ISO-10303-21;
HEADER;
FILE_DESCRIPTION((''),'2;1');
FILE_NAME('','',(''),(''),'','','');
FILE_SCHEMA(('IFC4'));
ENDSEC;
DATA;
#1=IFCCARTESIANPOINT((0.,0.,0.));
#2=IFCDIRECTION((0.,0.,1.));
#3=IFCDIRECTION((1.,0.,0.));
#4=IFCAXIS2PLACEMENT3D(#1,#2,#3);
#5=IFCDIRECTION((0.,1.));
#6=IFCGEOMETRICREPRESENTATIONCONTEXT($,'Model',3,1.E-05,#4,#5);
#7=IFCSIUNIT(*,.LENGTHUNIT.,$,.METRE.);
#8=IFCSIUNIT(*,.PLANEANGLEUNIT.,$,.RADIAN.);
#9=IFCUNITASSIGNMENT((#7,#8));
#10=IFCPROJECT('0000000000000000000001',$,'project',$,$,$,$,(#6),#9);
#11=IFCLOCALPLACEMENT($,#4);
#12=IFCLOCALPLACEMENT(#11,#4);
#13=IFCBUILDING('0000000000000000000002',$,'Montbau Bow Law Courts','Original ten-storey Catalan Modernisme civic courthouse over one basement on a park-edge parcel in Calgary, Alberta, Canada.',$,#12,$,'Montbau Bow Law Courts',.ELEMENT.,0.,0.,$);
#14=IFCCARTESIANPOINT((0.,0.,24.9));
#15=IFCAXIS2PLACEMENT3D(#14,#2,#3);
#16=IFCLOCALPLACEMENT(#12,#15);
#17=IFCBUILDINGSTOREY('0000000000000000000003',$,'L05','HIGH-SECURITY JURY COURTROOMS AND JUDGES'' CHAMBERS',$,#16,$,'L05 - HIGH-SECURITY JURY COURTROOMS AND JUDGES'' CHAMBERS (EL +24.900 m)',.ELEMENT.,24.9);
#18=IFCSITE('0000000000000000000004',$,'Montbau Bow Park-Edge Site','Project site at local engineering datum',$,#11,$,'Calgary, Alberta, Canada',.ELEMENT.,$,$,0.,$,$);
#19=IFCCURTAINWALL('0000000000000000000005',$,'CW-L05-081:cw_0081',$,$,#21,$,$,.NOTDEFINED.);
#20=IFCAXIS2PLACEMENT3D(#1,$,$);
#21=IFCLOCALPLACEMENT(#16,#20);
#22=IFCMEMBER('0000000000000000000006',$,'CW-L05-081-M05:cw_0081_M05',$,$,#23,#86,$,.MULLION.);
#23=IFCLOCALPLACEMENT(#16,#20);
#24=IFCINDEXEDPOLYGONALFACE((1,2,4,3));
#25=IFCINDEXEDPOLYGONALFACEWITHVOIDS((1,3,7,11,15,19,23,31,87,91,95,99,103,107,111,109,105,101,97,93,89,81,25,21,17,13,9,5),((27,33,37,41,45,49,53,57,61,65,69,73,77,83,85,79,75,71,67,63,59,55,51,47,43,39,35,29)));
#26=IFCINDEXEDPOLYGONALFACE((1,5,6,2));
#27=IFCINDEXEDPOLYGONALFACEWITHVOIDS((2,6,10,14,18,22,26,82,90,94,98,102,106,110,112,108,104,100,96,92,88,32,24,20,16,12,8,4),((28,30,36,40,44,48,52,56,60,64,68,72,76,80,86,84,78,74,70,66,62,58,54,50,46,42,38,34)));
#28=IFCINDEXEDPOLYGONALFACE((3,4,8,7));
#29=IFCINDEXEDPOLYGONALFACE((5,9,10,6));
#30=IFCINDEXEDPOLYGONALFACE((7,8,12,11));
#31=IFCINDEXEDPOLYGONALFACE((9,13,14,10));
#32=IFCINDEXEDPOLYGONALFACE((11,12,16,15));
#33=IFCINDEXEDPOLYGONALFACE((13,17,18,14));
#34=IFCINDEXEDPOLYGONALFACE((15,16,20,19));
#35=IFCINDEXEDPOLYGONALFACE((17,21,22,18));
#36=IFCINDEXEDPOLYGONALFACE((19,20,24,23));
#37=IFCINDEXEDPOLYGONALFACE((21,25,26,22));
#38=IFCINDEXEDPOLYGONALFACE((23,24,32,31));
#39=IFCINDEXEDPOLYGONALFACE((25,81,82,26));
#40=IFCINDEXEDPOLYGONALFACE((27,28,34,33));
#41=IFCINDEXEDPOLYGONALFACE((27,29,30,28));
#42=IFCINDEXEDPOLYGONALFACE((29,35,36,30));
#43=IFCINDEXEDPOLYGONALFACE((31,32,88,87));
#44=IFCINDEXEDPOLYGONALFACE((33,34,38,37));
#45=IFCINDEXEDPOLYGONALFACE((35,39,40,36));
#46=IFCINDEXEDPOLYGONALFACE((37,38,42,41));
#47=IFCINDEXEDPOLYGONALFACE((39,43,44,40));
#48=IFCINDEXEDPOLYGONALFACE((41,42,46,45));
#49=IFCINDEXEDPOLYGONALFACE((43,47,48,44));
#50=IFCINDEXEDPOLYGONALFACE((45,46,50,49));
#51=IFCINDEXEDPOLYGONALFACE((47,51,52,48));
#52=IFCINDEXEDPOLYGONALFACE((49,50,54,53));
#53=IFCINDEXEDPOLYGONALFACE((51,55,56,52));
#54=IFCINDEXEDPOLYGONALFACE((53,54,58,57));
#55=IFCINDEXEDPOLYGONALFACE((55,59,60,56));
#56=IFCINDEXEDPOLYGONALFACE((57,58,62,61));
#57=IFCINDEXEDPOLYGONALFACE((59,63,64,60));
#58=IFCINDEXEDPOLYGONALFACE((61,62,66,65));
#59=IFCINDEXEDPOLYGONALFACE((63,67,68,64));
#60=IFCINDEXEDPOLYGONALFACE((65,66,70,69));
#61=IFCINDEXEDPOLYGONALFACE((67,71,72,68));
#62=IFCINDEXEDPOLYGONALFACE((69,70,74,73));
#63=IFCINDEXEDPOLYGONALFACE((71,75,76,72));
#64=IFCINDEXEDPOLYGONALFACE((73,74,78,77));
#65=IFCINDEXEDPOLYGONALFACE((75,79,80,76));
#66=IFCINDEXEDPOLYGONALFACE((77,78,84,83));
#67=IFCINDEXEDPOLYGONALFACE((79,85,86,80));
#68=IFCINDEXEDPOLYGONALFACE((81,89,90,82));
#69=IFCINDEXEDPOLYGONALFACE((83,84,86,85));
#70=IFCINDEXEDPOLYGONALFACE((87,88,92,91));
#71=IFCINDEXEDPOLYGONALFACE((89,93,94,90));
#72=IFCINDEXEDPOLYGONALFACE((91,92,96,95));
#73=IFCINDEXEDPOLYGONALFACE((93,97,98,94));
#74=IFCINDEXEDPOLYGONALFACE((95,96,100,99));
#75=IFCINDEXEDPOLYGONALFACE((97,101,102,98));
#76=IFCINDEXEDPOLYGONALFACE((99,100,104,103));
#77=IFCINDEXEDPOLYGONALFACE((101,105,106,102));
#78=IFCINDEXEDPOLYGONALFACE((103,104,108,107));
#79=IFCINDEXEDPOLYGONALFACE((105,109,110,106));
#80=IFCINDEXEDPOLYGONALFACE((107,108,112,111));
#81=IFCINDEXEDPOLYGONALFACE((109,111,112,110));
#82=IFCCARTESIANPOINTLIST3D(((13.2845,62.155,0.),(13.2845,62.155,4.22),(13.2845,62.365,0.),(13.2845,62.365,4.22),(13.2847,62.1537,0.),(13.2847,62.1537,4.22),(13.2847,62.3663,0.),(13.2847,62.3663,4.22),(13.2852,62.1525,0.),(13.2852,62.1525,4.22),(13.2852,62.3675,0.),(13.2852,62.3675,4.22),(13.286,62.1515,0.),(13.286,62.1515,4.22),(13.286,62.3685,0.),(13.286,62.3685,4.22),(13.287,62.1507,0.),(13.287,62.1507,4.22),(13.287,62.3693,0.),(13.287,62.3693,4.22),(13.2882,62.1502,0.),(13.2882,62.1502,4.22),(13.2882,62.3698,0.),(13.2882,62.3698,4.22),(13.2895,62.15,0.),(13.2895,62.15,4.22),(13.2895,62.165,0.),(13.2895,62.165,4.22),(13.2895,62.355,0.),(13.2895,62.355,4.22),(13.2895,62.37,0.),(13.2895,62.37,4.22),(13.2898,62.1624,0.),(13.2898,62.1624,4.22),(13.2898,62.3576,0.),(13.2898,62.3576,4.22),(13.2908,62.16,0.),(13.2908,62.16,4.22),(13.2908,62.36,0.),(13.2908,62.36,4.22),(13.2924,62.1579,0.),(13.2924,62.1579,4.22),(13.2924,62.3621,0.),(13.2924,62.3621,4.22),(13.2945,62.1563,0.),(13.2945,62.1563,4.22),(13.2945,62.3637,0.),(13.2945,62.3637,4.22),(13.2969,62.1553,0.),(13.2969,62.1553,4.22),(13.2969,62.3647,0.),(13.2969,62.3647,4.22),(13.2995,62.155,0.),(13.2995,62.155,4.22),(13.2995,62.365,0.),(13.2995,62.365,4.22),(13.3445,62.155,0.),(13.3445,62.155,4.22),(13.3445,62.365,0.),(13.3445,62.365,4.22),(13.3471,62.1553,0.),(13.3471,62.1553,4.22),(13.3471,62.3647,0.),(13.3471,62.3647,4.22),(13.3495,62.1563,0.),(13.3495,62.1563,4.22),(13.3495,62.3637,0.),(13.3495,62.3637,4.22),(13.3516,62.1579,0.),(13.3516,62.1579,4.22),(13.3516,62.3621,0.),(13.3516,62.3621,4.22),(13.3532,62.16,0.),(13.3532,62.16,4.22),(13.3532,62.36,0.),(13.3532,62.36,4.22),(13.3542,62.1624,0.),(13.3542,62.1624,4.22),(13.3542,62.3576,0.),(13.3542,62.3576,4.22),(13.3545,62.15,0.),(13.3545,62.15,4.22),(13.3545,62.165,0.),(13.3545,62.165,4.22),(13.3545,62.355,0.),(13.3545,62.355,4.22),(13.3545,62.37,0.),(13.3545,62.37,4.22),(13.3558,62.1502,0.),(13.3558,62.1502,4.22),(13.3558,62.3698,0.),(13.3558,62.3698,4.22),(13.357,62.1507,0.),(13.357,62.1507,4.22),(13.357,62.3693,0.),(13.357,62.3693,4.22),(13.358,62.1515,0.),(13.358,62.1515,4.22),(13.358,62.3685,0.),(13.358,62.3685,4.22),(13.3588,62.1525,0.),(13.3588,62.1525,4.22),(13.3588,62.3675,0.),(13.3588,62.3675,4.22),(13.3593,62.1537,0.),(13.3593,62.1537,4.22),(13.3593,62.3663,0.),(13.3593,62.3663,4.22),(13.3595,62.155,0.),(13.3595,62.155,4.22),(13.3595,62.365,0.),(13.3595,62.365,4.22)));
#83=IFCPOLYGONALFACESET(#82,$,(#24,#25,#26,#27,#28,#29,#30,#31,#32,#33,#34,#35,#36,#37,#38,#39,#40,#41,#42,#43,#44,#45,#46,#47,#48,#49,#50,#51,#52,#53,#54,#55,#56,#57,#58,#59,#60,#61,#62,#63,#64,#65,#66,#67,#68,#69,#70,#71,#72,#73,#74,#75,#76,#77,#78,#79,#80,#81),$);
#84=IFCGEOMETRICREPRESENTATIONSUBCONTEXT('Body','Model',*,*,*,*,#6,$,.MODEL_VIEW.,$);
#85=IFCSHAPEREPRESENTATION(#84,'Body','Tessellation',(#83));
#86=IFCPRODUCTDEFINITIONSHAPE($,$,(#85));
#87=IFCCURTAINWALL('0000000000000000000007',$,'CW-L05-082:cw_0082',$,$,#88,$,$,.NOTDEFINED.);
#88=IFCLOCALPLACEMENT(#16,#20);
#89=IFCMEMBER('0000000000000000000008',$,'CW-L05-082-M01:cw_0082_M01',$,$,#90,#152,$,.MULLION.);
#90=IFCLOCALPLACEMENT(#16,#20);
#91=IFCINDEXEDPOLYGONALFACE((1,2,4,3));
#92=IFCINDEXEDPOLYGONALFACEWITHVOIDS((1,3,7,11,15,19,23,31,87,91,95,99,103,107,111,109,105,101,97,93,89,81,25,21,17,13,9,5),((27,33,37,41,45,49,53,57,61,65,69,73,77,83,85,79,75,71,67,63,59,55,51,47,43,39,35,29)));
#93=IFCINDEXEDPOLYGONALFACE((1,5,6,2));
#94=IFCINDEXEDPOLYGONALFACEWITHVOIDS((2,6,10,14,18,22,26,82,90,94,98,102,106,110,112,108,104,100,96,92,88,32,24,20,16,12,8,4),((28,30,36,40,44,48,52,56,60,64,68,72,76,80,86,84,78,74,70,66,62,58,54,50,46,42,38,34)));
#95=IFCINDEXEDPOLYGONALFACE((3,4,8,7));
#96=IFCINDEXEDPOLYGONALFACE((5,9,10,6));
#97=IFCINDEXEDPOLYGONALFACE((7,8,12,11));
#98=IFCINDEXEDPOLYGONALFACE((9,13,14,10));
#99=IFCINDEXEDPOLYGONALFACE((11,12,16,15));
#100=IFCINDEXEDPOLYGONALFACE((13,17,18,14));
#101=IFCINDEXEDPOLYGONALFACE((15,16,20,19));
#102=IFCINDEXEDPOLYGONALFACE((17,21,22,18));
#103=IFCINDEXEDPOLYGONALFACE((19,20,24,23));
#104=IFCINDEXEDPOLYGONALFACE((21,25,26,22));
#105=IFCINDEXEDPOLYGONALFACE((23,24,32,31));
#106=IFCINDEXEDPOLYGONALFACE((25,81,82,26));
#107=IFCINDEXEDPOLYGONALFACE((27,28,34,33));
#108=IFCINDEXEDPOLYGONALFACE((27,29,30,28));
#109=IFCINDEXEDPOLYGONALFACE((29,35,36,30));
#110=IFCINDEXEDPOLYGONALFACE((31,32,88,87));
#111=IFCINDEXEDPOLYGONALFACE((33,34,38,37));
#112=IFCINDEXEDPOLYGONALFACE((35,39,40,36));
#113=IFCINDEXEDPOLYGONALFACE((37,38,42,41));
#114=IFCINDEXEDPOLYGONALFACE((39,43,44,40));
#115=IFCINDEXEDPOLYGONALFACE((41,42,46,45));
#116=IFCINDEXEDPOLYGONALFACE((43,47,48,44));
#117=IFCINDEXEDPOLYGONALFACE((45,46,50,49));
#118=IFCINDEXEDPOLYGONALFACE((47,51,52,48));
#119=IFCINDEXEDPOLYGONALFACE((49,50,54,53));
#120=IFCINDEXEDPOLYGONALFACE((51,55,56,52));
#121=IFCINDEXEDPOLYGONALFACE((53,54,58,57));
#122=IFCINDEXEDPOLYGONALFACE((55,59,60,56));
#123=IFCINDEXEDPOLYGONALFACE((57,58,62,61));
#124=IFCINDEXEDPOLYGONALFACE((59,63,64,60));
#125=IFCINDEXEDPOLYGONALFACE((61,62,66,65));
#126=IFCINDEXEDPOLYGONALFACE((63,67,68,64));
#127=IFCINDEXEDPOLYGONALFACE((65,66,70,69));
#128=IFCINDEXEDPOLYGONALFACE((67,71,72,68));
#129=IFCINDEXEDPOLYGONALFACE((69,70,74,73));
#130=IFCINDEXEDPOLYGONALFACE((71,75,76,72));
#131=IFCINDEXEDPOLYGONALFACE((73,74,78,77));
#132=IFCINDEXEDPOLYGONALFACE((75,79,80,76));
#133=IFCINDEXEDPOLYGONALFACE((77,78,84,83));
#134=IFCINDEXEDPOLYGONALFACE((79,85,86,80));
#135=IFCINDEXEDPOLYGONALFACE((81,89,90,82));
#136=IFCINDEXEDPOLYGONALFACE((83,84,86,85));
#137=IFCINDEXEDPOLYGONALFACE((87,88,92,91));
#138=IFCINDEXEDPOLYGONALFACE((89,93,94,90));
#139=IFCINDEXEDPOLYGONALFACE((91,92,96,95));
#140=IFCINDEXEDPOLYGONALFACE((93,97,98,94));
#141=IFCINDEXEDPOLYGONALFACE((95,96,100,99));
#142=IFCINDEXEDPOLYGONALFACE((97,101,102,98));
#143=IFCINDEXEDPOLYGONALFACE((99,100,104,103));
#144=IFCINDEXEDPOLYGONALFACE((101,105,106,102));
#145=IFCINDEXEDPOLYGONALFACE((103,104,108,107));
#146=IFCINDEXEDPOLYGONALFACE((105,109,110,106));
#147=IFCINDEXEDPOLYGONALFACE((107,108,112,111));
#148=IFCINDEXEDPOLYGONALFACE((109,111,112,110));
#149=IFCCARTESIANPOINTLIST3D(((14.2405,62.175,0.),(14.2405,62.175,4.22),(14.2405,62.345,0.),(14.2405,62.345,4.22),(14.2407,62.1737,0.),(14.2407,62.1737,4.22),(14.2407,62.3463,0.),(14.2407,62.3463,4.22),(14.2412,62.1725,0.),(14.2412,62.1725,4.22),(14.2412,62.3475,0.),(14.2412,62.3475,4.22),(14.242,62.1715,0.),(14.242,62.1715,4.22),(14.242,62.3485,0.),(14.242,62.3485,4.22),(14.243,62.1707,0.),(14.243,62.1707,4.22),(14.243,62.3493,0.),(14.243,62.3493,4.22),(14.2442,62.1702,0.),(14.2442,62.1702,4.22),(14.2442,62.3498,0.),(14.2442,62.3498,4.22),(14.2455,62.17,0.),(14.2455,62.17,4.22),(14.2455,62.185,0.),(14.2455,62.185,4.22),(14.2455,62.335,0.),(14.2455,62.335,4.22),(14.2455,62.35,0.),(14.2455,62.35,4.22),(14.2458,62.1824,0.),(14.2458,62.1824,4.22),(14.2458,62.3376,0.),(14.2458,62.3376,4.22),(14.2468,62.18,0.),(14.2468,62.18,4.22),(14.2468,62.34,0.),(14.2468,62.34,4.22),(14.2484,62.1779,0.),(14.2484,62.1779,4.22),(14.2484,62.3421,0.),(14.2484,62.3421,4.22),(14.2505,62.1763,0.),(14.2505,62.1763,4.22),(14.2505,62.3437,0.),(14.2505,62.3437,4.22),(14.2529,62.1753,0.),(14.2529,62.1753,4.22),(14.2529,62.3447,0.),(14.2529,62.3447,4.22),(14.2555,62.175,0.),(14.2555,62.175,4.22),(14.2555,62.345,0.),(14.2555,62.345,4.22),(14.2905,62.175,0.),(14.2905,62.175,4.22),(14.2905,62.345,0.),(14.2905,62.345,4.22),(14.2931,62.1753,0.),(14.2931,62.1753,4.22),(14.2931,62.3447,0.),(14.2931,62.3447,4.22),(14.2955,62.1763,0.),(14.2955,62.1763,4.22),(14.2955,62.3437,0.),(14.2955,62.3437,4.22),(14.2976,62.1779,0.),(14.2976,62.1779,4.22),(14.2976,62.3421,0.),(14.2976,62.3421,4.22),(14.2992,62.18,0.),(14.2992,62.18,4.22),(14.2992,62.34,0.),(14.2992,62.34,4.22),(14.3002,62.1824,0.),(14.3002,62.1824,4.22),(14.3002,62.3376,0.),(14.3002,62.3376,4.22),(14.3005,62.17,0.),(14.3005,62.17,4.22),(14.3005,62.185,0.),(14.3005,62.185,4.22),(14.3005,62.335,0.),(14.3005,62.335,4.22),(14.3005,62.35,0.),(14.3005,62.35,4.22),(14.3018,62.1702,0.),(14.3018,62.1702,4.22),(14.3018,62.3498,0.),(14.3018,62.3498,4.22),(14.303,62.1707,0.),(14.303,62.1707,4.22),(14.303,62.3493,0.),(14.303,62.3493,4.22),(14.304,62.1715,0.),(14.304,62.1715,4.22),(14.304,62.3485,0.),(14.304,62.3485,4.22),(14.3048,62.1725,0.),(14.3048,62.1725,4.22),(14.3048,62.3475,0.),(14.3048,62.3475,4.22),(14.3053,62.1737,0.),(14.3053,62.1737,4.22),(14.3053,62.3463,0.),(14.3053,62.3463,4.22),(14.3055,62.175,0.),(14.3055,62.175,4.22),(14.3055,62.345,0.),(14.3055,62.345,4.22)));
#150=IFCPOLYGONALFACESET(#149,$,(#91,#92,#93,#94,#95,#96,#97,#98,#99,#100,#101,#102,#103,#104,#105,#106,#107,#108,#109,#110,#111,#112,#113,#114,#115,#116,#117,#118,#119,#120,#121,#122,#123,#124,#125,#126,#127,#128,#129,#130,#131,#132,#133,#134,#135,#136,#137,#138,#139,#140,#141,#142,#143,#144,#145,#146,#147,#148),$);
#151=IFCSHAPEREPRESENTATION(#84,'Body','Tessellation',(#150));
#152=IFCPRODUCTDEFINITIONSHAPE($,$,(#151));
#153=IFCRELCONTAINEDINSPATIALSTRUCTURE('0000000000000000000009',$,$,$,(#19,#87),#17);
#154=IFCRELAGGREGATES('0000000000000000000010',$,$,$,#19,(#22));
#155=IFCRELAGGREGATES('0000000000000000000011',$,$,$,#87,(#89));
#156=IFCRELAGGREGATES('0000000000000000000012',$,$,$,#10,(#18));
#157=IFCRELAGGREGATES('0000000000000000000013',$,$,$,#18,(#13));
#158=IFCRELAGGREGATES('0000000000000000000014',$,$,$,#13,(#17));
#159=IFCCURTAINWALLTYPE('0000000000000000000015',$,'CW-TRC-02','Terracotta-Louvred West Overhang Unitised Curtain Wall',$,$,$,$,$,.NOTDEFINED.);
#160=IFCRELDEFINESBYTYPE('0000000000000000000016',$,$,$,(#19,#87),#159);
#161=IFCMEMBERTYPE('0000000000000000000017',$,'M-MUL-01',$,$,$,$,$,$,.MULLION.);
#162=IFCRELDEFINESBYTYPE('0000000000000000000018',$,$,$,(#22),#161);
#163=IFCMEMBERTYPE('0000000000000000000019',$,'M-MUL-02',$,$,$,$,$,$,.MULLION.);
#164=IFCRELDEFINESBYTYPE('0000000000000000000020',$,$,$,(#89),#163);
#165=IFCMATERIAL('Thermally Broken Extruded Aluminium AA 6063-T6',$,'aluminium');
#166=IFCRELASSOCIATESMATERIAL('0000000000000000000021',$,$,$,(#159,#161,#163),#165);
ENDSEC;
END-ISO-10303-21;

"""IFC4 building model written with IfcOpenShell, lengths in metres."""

from ifc_helpers import new_model, si_unit, direction, frame, origin_with_axes, origin_2d_with_axis, place, context, subcontext, project, spatial, hollow_rectangle, extrude, material, material_profile, profile_set, type_object, element, aggregate, save


model = new_model("IFC4")

# Units and contexts
model_context = context("Model", 3, precision=1e-05, world=origin_with_axes(), true_north=direction((0.0, 1.0)))
body_context = subcontext(model_context, "Body", "Model", "MODEL_VIEW")
ifc_project = project(units=[si_unit("LENGTHUNIT", "METRE"), si_unit("PLANEANGLEUNIT", "RADIAN")], contexts=[model_context])

# Site, building, storey
site_placement = place(None, origin_with_axes())
site = spatial("IfcSite", under=ifc_project, at=site_placement, Name="Montbau Bow Park-Edge Site", Description="Project site at local engineering datum", LongName="Calgary, Alberta, Canada", CompositionType="ELEMENT", RefElevation=0.0)
building_placement = place(site_placement, origin_with_axes())
building = spatial("IfcBuilding", under=site, at=building_placement, Name="Montbau Bow Law Courts", Description="Original ten-storey Catalan Modernisme civic courthouse over one basement on a park-edge parcel in Calgary, Alberta, Canada.", LongName="Montbau Bow Law Courts", CompositionType="ELEMENT", ElevationOfRefHeight=0.0, ElevationOfTerrain=0.0)
storey_placement = place(building_placement, frame((0.0, 0.0, 24.9), z_axis=(0.0, 0.0, 1.0), x_axis=(1.0, 0.0, 0.0)))
storey = spatial("IfcBuildingStorey", under=building, at=storey_placement, Name="L05", Description="HIGH-SECURITY JURY COURTROOMS AND JUDGES' CHAMBERS", LongName="L05 - HIGH-SECURITY JURY COURTROOMS AND JUDGES' CHAMBERS (EL +24.900 m)", CompositionType="ELEMENT", Elevation=24.9)

# Curtain walls, members
ifc_material_1 = material(Name="Thermally Broken Extruded Aluminium AA 6063-T6", Category="aluminium")
curtain_wall_type = type_object("IfcCurtainWallType", Name="CW-TRC-02", Description="Terracotta-Louvred West Overhang Unitised Curtain Wall", PredefinedType="NOTDEFINED", material=ifc_material_1)
curtain_wall_1_placement = place(None, frame((7.24, 62.26, 24.9), z_axis=(0.0, 0.0, 1.0), x_axis=(1.0, 0.0, 0.0)))
curtain_wall_1 = element("IfcCurtainWall", 1, at=curtain_wall_1_placement, inside=storey, type_object=curtain_wall_type, Name="CW-L05-081:cw_0081", PredefinedType="NOTDEFINED")
ifc_material_profile_1 = material_profile(ifc_material_1, hollow_rectangle(XDim=0.075, YDim=0.22, WallThickness=0.005, InnerFilletRadius=0.01, OuterFilletRadius=0.005, at=origin_2d_with_axis()), Name="CWM-220X75", Category="Main", Priority=0)
ifc_profile_set_1 = profile_set([ifc_material_profile_1], Name="Thermally Broken Extruded Aluminium AA 6063-T6")
member_type_1 = type_object("IfcMemberType", Name="M-MUL-01", PredefinedType="MULLION", material=ifc_profile_set_1)
member_1_placement = place(None, frame((13.322, 62.26, 24.9), z_axis=(0.0, 0.0, 1.0), x_axis=(1.0, 0.0, 0.0)))
member_1 = element("IfcMember", 2, at=member_1_placement, type_object=member_type_1, Name="CW-L05-081-M05:cw_0081_M05", PredefinedType="MULLION", context=body_context, shape_type="SweptSolid", body=[
    extrude(hollow_rectangle(XDim=0.075, YDim=0.22, WallThickness=0.005, InnerFilletRadius=0.01, OuterFilletRadius=0.005, at=origin_2d_with_axis()), origin_with_axes(), (0.0, 0.0, 1.0), 4.22),
])
aggregate(curtain_wall_1, [member_1])
curtain_wall_2_placement = place(None, frame((14.24, 62.26, 24.9), z_axis=(0.0, 0.0, 1.0), x_axis=(1.0, 0.0, 0.0)))
curtain_wall_2 = element("IfcCurtainWall", 3, at=curtain_wall_2_placement, inside=storey, type_object=curtain_wall_type, Name="CW-L05-082:cw_0082", PredefinedType="NOTDEFINED")
ifc_material_profile_2 = material_profile(ifc_material_1, hollow_rectangle(XDim=0.065, YDim=0.18, WallThickness=0.005, InnerFilletRadius=0.01, OuterFilletRadius=0.005, at=origin_2d_with_axis()), Name="CWM-180X65", Category="Main", Priority=0)
ifc_profile_set_2 = profile_set([ifc_material_profile_2], Name="Thermally Broken Extruded Aluminium AA 6063-T6")
member_type_2 = type_object("IfcMemberType", Name="M-MUL-02", PredefinedType="MULLION", material=ifc_profile_set_2)
member_2_placement = place(None, frame((14.273, 62.26, 24.9), z_axis=(0.0, 0.0, 1.0), x_axis=(1.0, 0.0, 0.0)))
member_2 = element("IfcMember", 4, at=member_2_placement, type_object=member_type_2, Name="CW-L05-082-M01:cw_0082_M01", PredefinedType="MULLION", context=body_context, shape_type="SweptSolid", body=[
    extrude(hollow_rectangle(XDim=0.065, YDim=0.18, WallThickness=0.005, InnerFilletRadius=0.01, OuterFilletRadius=0.005, at=origin_2d_with_axis()), origin_with_axes(), (0.0, 0.0, 1.0), 4.22),
])
aggregate(curtain_wall_2, [member_2])

save(model, "model.ifc")
